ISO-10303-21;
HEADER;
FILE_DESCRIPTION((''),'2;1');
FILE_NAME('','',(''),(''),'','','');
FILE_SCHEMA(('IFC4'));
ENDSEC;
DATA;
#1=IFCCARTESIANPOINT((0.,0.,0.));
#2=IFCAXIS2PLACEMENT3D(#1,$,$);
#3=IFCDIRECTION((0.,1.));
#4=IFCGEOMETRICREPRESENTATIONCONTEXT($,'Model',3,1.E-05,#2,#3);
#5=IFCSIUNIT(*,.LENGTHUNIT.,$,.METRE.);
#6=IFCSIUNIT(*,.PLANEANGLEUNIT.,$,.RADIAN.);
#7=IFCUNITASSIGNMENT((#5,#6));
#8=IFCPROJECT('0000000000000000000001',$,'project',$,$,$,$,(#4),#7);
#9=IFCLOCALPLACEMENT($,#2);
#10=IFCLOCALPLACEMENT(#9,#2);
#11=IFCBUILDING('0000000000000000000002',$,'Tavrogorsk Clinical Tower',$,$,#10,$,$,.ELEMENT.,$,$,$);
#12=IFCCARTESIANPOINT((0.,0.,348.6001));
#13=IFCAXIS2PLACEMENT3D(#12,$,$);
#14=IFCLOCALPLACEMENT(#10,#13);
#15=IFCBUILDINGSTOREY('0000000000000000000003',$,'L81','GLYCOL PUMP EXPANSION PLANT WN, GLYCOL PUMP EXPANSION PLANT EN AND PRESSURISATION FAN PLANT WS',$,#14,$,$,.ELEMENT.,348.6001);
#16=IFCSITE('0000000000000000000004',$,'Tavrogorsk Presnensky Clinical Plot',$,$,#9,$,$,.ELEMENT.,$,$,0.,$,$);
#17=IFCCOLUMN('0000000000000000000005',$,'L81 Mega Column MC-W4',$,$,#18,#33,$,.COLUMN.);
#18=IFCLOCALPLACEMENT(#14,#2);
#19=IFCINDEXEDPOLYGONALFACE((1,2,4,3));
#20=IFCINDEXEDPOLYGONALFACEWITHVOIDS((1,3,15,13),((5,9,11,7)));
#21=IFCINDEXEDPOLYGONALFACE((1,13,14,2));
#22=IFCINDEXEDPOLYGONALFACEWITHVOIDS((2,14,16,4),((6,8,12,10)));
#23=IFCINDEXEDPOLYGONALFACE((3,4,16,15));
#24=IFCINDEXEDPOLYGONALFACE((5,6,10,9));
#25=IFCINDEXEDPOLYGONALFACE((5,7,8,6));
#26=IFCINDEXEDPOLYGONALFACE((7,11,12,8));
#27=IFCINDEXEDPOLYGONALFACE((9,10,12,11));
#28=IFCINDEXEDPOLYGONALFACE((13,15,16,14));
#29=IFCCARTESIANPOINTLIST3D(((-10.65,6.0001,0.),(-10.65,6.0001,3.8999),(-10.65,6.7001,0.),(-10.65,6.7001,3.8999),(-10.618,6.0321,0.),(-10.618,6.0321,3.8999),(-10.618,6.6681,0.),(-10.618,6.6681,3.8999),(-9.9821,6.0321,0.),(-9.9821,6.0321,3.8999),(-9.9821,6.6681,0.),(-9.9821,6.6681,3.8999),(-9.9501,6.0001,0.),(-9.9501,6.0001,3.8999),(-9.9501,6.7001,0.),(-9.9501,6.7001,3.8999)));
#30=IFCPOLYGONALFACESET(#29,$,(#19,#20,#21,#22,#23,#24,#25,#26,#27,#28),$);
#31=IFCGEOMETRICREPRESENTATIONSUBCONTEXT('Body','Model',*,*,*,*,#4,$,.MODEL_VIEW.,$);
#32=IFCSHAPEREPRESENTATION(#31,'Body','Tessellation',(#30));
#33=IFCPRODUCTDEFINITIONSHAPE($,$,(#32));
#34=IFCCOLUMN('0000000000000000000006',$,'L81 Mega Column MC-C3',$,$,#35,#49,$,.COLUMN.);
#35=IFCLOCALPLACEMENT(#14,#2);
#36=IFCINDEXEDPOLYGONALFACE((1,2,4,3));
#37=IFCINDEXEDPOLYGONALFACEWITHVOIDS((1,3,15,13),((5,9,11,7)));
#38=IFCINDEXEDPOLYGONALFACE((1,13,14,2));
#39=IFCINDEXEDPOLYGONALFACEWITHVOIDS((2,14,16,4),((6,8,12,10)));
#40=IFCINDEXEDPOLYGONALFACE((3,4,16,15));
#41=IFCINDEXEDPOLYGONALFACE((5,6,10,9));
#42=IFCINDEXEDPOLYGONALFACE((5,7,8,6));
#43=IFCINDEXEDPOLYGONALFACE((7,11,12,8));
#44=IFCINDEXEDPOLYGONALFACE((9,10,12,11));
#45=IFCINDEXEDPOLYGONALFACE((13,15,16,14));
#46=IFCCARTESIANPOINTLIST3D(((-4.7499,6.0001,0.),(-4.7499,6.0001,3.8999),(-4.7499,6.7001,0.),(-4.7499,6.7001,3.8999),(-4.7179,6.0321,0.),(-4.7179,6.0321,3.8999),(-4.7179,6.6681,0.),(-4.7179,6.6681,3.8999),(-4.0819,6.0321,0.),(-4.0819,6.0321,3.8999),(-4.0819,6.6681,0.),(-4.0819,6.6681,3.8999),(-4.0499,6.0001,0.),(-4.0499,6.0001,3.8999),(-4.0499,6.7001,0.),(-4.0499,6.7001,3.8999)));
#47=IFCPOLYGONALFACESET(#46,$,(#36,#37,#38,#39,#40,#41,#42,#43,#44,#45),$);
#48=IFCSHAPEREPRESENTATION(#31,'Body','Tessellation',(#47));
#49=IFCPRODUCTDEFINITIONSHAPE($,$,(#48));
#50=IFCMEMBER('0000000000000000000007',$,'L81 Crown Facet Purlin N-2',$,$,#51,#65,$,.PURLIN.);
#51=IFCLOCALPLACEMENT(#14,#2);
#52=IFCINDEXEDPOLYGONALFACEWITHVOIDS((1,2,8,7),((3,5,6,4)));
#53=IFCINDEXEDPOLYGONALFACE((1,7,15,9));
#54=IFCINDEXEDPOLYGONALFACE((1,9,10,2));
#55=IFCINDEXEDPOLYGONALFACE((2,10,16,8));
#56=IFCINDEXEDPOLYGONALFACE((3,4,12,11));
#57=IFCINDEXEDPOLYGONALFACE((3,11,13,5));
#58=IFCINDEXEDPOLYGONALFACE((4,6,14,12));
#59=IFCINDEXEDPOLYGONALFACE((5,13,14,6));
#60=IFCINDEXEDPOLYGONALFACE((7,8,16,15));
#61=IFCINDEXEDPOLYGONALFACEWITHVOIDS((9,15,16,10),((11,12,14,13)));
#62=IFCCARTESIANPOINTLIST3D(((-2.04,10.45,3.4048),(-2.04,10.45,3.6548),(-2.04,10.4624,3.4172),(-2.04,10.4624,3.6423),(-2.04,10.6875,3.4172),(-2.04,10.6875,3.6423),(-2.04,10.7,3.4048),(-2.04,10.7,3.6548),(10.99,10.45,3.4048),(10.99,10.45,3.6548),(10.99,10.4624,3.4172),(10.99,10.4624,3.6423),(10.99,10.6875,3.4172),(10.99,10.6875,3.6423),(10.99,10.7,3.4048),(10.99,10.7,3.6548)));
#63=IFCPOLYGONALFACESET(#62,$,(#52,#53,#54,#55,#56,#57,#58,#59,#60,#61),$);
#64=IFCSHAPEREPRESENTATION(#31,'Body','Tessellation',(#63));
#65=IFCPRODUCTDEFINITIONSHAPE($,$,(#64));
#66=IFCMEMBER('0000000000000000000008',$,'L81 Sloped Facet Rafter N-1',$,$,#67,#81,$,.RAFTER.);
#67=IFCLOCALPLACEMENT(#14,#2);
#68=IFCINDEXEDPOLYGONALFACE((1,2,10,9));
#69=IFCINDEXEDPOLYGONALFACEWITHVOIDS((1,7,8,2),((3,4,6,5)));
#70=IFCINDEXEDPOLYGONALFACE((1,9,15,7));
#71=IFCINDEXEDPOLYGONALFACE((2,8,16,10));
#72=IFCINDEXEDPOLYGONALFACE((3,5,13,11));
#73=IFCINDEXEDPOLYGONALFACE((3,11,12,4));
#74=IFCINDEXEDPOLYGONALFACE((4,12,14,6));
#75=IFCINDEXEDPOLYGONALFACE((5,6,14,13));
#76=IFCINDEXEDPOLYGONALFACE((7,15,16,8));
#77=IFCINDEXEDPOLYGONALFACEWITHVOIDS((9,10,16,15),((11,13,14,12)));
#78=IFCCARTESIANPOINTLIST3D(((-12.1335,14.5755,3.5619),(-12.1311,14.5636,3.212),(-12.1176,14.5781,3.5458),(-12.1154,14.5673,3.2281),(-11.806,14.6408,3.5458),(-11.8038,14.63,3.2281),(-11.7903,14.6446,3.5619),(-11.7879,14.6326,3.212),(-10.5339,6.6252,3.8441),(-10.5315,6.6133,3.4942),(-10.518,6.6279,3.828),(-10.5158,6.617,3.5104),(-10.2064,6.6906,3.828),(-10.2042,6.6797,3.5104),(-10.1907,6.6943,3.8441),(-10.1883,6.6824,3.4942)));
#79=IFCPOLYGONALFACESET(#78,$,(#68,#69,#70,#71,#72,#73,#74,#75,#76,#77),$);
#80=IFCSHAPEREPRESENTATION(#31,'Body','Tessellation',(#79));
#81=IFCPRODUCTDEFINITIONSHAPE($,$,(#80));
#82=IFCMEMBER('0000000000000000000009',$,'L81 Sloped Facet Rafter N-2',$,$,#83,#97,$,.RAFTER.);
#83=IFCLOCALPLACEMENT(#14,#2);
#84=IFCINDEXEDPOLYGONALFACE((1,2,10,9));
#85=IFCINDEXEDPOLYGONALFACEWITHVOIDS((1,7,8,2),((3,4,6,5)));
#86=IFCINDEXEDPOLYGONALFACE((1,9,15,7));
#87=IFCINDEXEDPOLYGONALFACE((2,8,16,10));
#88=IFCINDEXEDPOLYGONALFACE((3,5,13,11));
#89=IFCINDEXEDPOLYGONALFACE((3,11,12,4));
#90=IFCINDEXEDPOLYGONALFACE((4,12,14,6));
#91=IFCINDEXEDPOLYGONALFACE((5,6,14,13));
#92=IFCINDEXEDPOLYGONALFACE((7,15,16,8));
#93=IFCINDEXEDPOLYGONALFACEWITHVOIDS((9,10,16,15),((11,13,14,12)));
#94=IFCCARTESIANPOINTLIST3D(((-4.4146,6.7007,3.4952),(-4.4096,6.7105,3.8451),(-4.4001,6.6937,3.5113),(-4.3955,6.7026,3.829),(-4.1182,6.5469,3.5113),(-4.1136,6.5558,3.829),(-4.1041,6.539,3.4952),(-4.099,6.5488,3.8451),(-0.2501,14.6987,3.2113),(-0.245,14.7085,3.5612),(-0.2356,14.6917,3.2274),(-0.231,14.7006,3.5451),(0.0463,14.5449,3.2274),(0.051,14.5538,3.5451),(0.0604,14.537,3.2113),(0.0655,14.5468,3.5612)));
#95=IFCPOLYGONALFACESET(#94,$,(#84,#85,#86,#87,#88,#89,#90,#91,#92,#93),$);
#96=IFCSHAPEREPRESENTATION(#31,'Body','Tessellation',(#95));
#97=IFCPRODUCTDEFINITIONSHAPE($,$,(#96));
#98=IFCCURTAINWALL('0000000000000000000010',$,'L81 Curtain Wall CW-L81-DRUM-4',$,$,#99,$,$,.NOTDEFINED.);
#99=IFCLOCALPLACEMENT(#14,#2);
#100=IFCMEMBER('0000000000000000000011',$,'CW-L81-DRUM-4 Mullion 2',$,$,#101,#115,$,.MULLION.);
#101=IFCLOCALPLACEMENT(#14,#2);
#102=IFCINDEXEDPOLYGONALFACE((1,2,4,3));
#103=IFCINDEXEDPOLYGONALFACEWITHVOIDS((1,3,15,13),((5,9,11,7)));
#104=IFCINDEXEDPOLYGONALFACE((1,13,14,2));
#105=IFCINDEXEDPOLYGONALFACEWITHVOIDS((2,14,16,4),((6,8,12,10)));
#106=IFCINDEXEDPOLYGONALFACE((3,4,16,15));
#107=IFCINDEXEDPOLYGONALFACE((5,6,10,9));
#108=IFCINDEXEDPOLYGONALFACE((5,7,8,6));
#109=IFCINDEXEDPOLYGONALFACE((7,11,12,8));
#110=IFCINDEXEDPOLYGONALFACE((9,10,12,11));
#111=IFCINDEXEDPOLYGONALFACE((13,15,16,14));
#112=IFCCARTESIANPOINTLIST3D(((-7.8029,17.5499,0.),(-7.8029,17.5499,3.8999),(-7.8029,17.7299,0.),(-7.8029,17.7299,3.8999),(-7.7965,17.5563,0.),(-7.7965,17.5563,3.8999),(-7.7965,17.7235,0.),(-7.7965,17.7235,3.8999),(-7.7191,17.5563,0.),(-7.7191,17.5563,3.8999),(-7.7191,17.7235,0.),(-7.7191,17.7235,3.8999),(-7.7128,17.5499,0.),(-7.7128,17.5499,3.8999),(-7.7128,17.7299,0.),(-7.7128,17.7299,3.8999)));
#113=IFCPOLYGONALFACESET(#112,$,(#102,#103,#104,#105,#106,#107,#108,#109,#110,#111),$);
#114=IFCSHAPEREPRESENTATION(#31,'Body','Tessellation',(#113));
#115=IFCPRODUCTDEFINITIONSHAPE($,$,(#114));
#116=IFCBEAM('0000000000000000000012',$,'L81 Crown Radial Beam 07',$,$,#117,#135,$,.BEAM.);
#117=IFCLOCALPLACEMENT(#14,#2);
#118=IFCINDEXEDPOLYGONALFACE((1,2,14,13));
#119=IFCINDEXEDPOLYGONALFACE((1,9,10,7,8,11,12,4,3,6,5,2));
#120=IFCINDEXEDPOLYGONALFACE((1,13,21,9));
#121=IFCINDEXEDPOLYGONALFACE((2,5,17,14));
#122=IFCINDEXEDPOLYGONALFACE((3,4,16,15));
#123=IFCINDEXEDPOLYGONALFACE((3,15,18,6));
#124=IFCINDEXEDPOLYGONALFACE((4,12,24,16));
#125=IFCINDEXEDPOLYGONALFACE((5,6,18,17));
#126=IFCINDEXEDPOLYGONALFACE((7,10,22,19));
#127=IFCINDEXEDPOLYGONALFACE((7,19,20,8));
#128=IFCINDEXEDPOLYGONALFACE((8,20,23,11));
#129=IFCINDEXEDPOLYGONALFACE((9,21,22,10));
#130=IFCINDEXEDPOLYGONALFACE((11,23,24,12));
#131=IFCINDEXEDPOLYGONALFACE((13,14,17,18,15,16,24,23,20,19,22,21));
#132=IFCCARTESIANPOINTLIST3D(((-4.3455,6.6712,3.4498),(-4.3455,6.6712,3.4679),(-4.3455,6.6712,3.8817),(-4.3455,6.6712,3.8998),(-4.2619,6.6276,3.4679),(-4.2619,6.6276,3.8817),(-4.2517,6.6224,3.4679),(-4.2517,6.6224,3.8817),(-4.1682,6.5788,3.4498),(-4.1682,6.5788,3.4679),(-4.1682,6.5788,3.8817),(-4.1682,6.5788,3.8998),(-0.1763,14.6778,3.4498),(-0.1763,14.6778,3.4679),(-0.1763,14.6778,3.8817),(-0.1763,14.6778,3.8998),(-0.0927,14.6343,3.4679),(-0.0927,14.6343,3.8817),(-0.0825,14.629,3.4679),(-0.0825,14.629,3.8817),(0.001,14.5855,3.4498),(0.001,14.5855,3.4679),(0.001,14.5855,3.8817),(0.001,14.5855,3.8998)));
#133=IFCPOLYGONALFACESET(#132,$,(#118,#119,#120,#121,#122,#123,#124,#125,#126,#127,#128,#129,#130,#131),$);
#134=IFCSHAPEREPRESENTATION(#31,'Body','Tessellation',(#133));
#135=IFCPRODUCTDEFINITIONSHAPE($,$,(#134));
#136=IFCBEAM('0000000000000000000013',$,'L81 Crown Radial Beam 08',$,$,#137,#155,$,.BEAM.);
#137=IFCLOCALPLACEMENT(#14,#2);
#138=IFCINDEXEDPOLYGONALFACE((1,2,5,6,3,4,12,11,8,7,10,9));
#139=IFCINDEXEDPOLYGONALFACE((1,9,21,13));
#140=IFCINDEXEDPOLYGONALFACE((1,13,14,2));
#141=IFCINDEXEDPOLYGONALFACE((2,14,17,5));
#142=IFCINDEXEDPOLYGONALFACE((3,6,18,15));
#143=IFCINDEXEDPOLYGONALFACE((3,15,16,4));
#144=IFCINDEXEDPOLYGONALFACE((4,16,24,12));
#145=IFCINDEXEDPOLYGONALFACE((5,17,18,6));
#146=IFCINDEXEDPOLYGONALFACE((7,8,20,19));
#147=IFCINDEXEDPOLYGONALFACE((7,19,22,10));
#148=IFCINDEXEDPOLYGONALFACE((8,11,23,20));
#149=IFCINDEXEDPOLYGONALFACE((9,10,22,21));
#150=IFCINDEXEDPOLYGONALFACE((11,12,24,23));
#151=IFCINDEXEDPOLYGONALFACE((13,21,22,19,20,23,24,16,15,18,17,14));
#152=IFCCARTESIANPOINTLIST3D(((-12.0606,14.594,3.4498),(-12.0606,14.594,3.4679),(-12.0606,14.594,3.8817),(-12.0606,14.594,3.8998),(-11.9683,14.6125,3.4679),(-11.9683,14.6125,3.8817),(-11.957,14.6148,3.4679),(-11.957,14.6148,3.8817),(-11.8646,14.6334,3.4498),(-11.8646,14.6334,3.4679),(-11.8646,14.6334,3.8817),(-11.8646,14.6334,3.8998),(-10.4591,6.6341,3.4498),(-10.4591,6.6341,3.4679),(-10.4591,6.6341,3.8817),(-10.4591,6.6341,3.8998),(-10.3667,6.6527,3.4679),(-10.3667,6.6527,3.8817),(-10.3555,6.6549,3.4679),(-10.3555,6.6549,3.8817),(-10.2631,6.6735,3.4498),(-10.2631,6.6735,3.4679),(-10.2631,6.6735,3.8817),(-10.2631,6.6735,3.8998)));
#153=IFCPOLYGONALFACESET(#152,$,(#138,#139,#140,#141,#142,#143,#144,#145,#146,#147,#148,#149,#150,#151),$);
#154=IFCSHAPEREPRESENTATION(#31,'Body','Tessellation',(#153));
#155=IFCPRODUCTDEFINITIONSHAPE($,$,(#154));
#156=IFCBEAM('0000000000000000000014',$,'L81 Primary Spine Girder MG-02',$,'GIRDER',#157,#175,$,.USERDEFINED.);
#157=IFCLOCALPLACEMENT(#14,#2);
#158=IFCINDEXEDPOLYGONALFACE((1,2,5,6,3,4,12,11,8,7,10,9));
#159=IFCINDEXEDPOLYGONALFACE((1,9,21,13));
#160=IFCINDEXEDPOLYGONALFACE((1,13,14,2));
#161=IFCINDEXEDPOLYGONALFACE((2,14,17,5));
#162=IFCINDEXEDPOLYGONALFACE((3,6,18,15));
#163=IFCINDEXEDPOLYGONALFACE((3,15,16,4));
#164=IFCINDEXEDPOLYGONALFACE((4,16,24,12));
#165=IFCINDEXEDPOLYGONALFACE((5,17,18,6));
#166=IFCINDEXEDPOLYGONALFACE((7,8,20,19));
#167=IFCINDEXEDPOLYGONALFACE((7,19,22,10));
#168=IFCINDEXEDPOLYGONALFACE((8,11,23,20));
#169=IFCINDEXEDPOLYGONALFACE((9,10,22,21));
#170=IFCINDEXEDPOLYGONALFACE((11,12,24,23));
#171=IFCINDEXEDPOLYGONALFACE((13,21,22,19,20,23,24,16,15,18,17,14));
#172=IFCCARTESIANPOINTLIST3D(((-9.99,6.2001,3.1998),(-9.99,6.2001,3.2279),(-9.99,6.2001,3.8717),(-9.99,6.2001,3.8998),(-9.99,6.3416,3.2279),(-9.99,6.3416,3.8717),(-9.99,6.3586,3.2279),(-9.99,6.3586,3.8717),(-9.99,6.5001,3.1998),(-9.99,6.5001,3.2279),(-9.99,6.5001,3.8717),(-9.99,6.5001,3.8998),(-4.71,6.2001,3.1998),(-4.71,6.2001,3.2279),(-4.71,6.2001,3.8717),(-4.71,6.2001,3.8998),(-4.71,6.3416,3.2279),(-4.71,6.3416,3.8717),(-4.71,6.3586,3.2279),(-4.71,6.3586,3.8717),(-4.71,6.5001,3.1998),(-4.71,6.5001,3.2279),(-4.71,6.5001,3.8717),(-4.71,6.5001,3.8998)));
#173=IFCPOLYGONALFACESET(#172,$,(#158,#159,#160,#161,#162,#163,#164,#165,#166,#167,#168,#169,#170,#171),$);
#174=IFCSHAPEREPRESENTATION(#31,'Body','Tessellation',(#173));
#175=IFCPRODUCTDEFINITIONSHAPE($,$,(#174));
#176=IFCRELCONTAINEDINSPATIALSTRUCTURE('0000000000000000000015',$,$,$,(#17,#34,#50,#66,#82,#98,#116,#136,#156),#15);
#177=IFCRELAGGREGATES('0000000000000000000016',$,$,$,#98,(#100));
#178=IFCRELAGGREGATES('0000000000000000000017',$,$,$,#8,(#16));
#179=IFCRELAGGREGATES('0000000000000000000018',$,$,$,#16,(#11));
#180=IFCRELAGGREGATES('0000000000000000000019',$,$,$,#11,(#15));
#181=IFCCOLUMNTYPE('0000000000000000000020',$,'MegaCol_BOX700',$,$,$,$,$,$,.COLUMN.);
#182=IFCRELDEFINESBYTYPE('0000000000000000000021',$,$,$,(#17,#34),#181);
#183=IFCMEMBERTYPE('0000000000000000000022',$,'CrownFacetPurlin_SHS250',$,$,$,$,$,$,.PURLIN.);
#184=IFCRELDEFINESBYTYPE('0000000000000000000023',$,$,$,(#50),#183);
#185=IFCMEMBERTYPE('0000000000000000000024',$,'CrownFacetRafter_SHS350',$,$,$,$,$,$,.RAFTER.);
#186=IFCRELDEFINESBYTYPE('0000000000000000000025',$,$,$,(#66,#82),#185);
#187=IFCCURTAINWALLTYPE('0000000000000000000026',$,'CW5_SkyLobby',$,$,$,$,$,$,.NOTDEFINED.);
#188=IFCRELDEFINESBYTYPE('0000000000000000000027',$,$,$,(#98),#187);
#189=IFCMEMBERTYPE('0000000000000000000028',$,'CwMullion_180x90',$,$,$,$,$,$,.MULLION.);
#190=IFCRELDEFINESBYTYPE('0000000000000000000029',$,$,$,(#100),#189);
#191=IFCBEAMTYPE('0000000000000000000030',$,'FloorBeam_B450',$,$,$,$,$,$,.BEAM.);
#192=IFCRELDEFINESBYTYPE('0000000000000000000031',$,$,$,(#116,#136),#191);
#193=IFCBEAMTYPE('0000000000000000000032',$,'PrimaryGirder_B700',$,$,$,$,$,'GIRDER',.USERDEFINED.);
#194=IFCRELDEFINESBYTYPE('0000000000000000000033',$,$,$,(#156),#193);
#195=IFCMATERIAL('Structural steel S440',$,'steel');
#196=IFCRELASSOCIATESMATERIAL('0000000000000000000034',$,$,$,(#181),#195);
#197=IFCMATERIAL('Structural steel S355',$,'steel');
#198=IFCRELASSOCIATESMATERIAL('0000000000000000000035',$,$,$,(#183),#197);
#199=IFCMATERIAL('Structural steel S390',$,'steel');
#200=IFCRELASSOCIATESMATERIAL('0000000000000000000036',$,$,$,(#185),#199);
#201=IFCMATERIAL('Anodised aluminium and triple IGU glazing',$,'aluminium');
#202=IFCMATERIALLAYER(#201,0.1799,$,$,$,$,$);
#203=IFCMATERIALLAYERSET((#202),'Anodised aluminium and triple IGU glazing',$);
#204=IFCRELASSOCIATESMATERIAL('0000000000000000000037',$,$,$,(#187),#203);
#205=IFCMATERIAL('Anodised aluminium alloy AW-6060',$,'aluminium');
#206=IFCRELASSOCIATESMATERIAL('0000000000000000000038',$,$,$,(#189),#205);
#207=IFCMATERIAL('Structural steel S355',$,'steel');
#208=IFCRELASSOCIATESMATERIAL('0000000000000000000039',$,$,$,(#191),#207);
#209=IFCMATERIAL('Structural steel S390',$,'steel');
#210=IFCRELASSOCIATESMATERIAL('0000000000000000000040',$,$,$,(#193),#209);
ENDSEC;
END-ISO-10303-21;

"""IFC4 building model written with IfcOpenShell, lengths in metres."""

from ifc_helpers import new_model, si_unit, direction, frame, origin, origin_2d, place, context, subcontext, project, spatial, hollow_rectangle, i_section, extrude, material, layer, layer_set, material_profile, profile_set, type_object, element, aggregate, save


model = new_model("IFC4")

# Units and contexts
model_context = context("Model", 3, precision=1e-05, world=origin(), true_north=direction((0.0, 1.0)))
body_context = subcontext(model_context, "Body", "Model", "MODEL_VIEW")
ifc_project = project(units=[si_unit("LENGTHUNIT", "METRE"), si_unit("PLANEANGLEUNIT", "RADIAN")], contexts=[model_context])

# Site, building, storey
site_placement = place(None, origin())
site = spatial("IfcSite", under=ifc_project, at=site_placement, Name="Tavrogorsk Presnensky Clinical Plot", CompositionType="ELEMENT", RefElevation=0.0)
building_placement = place(site_placement, origin())
building = spatial("IfcBuilding", under=site, at=building_placement, Name="Tavrogorsk Clinical Tower", CompositionType="ELEMENT")
storey_placement = place(building_placement, frame((0.0, 0.0, 348.6001)))
storey = spatial("IfcBuildingStorey", under=building, at=storey_placement, Name="L81", Description="GLYCOL PUMP EXPANSION PLANT WN, GLYCOL PUMP EXPANSION PLANT EN AND PRESSURISATION FAN PLANT WS", CompositionType="ELEMENT", Elevation=348.6001)

# Columns
ifc_material_1 = material(Name="Structural steel S440", Category="steel")
ifc_material_profile_1 = material_profile(ifc_material_1, hollow_rectangle(XDim=0.7, YDim=0.7, WallThickness=0.032, at=origin_2d()), Name="BOX-700x700x32")
ifc_profile_set_1 = profile_set([ifc_material_profile_1], Name="Structural steel S440")
column_type = type_object("IfcColumnType", Name="MegaCol_BOX700", PredefinedType="COLUMN", material=ifc_profile_set_1)
for number, where, z_axis, x_axis, name in (
    (1, (-10.3, 6.3501, 0.0), (0.0, 0.0, 1.0), (1.0, 0.0, 0.0), "L81 Mega Column MC-W4"),
    (2, (-4.3999, 6.3501, 0.0), (0.0, 0.0, 1.0), (1.0, 0.0, 0.0), "L81 Mega Column MC-C3"),
):
    element("IfcColumn", number, at=place(storey_placement, frame(where, z_axis=z_axis, x_axis=x_axis)), inside=storey, type_object=column_type, Name=name, PredefinedType="COLUMN", context=body_context, shape_type="SweptSolid", body=[
        extrude(hollow_rectangle(XDim=0.7, YDim=0.7, WallThickness=0.032, at=origin_2d()), origin(), (0.0, 0.0, 1.0), 3.8999),
    ])

# Members
ifc_material_2 = material(Name="Structural steel S355", Category="steel")
ifc_material_profile_2 = material_profile(ifc_material_2, hollow_rectangle(XDim=0.25, YDim=0.25, WallThickness=0.0125, at=origin_2d()), Name="SHS-250x250x12.5")
ifc_profile_set_2 = profile_set([ifc_material_profile_2], Name="Structural steel S355")
member_type_1 = type_object("IfcMemberType", Name="CrownFacetPurlin_SHS250", PredefinedType="PURLIN", material=ifc_profile_set_2)
member_1_placement = place(storey_placement, frame((-2.04, 10.575, 3.5298), z_axis=(1.0, 0.0, 0.0), x_axis=(0.0, 1.0, 0.0)))
element("IfcMember", 3, at=member_1_placement, inside=storey, type_object=member_type_1, Name="L81 Crown Facet Purlin N-2", PredefinedType="PURLIN", context=body_context, shape_type="SweptSolid", body=[
    extrude(hollow_rectangle(XDim=0.25, YDim=0.25, WallThickness=0.0125, at=origin_2d()), origin(), (0.0, 0.0, 1.0), 13.03),
])
ifc_material_3 = material(Name="Structural steel S390", Category="steel")
ifc_material_profile_3 = material_profile(ifc_material_3, hollow_rectangle(XDim=0.3501, YDim=0.3501, WallThickness=0.0161, at=origin_2d()), Name="SHS-350x350x16")
ifc_profile_set_3 = profile_set([ifc_material_profile_3], Name="Structural steel S390")
member_type_2 = type_object("IfcMemberType", Name="CrownFacetRafter_SHS350", PredefinedType="RAFTER", material=ifc_profile_set_3)
member_2_placement = place(storey_placement, frame((-10.3611, 6.6538, 3.6692), z_axis=(-0.197131, 0.97976, -0.034781), x_axis=(-0.980353, -0.197251, 0.0)))
element("IfcMember", 4, at=member_2_placement, inside=storey, type_object=member_type_2, Name="L81 Sloped Facet Rafter N-1", PredefinedType="RAFTER", context=body_context, shape_type="SweptSolid", body=[
    extrude(hollow_rectangle(XDim=0.3501, YDim=0.3501, WallThickness=0.0161, at=origin_2d()), origin(), (0.0, 0.0, 1.0), 8.1145),
])
member_3_placement = place(storey_placement, frame((-4.2568, 6.6248, 3.6702), z_axis=(0.46161, 0.886525, -0.031472), x_axis=(-0.886964, 0.461839, 0.0)))
element("IfcMember", 5, at=member_3_placement, inside=storey, type_object=member_type_2, Name="L81 Sloped Facet Rafter N-2", PredefinedType="RAFTER", context=body_context, shape_type="SweptSolid", body=[
    extrude(hollow_rectangle(XDim=0.3501, YDim=0.3501, WallThickness=0.0161, at=origin_2d()), origin(), (0.0, 0.0, 1.0), 9.0217),
])

# Curtain wall, member
ifc_material_4 = material(Name="Anodised aluminium and triple IGU glazing", Category="aluminium")
ifc_layer_1 = layer(ifc_material_4, 0.1799)
ifc_layer_set_1 = layer_set([ifc_layer_1], Name="Anodised aluminium and triple IGU glazing")
curtain_wall_type = type_object("IfcCurtainWallType", Name="CW5_SkyLobby", PredefinedType="NOTDEFINED", material=ifc_layer_set_1)
curtain_wall_placement = place(storey_placement, origin())
curtain_wall = element("IfcCurtainWall", 6, at=curtain_wall_placement, inside=storey, type_object=curtain_wall_type, Name="L81 Curtain Wall CW-L81-DRUM-4", PredefinedType="NOTDEFINED")
ifc_material_5 = material(Name="Anodised aluminium alloy AW-6060", Category="aluminium")
ifc_material_profile_4 = material_profile(ifc_material_5, hollow_rectangle(XDim=0.0901, YDim=0.1799, WallThickness=0.0063, at=origin_2d()), Name="RHS-180x90x6.3")
ifc_profile_set_4 = profile_set([ifc_material_profile_4], Name="Anodised aluminium alloy AW-6060")
member_type_3 = type_object("IfcMemberType", Name="CwMullion_180x90", PredefinedType="MULLION", material=ifc_profile_set_4)
member_4_placement = place(storey_placement, frame((-7.7578, 17.6399, 0.0), z_axis=(0.0, 0.0, 1.0), x_axis=(1.0, 0.0, 0.0)))
member_4 = element("IfcMember", 7, at=member_4_placement, type_object=member_type_3, Name="CW-L81-DRUM-4 Mullion 2", PredefinedType="MULLION", context=body_context, shape_type="SweptSolid", body=[
    extrude(hollow_rectangle(XDim=0.0901, YDim=0.1799, WallThickness=0.0063, at=origin_2d()), origin(), (0.0, 0.0, 1.0), 3.8999),
])
aggregate(curtain_wall, [member_4])

# Beams
ifc_material_6 = material(Name="Structural steel S355", Category="steel")
ifc_material_profile_5 = material_profile(ifc_material_6, i_section(OverallWidth=0.2, OverallDepth=0.45, WebThickness=0.0115, FlangeThickness=0.0181, at=origin_2d()), Name="B-450x200x11.5x18")
ifc_profile_set_5 = profile_set([ifc_material_profile_5], Name="Structural steel S355")
beam_type_1 = type_object("IfcBeamType", Name="FloorBeam_B450", PredefinedType="BEAM", material=ifc_profile_set_5)
beam_1_placement = place(storey_placement, frame((-4.2568, 6.625, 3.6748), z_axis=(0.461855, 0.886955, 0.0), x_axis=(-0.886955, 0.461855, 0.0)))
element("IfcBeam", 8, at=beam_1_placement, inside=storey, type_object=beam_type_1, Name="L81 Crown Radial Beam 07", PredefinedType="BEAM", context=body_context, shape_type="SweptSolid", body=[
    extrude(i_section(OverallWidth=0.2, OverallDepth=0.45, WebThickness=0.0115, FlangeThickness=0.0181, at=origin_2d()), origin(), (0.0, 0.0, 1.0), 9.0271),
])
beam_2_placement = place(storey_placement, frame((-10.3611, 6.6538, 3.6748), z_axis=(-0.197249, 0.980353, 0.0), x_axis=(-0.980353, -0.197249, 0.0)))
element("IfcBeam", 9, at=beam_2_placement, inside=storey, type_object=beam_type_1, Name="L81 Crown Radial Beam 08", PredefinedType="BEAM", context=body_context, shape_type="SweptSolid", body=[
    extrude(i_section(OverallWidth=0.2, OverallDepth=0.45, WebThickness=0.0115, FlangeThickness=0.0181, at=origin_2d()), origin(), (0.0, 0.0, 1.0), 8.1194),
])
ifc_material_7 = material(Name="Structural steel S390", Category="steel")
ifc_material_profile_6 = material_profile(ifc_material_7, i_section(OverallWidth=0.3, OverallDepth=0.7, WebThickness=0.0171, FlangeThickness=0.0281, at=origin_2d()), Name="B-700x300x17x28")
ifc_profile_set_6 = profile_set([ifc_material_profile_6], Name="Structural steel S390")
beam_type_2 = type_object("IfcBeamType", Name="PrimaryGirder_B700", ElementType="GIRDER", PredefinedType="USERDEFINED", material=ifc_profile_set_6)
beam_3_placement = place(storey_placement, frame((-9.99, 6.3501, 3.5498), z_axis=(1.0, 0.0, 0.0), x_axis=(0.0, 1.0, 0.0)))
element("IfcBeam", 10, at=beam_3_placement, inside=storey, type_object=beam_type_2, Name="L81 Primary Spine Girder MG-02", ObjectType="GIRDER", PredefinedType="USERDEFINED", context=body_context, shape_type="SweptSolid", body=[
    extrude(i_section(OverallWidth=0.3, OverallDepth=0.7, WebThickness=0.0171, FlangeThickness=0.0281, at=origin_2d()), origin(), (0.0, 0.0, 1.0), 5.28),
])

save(model, "model.ifc")
